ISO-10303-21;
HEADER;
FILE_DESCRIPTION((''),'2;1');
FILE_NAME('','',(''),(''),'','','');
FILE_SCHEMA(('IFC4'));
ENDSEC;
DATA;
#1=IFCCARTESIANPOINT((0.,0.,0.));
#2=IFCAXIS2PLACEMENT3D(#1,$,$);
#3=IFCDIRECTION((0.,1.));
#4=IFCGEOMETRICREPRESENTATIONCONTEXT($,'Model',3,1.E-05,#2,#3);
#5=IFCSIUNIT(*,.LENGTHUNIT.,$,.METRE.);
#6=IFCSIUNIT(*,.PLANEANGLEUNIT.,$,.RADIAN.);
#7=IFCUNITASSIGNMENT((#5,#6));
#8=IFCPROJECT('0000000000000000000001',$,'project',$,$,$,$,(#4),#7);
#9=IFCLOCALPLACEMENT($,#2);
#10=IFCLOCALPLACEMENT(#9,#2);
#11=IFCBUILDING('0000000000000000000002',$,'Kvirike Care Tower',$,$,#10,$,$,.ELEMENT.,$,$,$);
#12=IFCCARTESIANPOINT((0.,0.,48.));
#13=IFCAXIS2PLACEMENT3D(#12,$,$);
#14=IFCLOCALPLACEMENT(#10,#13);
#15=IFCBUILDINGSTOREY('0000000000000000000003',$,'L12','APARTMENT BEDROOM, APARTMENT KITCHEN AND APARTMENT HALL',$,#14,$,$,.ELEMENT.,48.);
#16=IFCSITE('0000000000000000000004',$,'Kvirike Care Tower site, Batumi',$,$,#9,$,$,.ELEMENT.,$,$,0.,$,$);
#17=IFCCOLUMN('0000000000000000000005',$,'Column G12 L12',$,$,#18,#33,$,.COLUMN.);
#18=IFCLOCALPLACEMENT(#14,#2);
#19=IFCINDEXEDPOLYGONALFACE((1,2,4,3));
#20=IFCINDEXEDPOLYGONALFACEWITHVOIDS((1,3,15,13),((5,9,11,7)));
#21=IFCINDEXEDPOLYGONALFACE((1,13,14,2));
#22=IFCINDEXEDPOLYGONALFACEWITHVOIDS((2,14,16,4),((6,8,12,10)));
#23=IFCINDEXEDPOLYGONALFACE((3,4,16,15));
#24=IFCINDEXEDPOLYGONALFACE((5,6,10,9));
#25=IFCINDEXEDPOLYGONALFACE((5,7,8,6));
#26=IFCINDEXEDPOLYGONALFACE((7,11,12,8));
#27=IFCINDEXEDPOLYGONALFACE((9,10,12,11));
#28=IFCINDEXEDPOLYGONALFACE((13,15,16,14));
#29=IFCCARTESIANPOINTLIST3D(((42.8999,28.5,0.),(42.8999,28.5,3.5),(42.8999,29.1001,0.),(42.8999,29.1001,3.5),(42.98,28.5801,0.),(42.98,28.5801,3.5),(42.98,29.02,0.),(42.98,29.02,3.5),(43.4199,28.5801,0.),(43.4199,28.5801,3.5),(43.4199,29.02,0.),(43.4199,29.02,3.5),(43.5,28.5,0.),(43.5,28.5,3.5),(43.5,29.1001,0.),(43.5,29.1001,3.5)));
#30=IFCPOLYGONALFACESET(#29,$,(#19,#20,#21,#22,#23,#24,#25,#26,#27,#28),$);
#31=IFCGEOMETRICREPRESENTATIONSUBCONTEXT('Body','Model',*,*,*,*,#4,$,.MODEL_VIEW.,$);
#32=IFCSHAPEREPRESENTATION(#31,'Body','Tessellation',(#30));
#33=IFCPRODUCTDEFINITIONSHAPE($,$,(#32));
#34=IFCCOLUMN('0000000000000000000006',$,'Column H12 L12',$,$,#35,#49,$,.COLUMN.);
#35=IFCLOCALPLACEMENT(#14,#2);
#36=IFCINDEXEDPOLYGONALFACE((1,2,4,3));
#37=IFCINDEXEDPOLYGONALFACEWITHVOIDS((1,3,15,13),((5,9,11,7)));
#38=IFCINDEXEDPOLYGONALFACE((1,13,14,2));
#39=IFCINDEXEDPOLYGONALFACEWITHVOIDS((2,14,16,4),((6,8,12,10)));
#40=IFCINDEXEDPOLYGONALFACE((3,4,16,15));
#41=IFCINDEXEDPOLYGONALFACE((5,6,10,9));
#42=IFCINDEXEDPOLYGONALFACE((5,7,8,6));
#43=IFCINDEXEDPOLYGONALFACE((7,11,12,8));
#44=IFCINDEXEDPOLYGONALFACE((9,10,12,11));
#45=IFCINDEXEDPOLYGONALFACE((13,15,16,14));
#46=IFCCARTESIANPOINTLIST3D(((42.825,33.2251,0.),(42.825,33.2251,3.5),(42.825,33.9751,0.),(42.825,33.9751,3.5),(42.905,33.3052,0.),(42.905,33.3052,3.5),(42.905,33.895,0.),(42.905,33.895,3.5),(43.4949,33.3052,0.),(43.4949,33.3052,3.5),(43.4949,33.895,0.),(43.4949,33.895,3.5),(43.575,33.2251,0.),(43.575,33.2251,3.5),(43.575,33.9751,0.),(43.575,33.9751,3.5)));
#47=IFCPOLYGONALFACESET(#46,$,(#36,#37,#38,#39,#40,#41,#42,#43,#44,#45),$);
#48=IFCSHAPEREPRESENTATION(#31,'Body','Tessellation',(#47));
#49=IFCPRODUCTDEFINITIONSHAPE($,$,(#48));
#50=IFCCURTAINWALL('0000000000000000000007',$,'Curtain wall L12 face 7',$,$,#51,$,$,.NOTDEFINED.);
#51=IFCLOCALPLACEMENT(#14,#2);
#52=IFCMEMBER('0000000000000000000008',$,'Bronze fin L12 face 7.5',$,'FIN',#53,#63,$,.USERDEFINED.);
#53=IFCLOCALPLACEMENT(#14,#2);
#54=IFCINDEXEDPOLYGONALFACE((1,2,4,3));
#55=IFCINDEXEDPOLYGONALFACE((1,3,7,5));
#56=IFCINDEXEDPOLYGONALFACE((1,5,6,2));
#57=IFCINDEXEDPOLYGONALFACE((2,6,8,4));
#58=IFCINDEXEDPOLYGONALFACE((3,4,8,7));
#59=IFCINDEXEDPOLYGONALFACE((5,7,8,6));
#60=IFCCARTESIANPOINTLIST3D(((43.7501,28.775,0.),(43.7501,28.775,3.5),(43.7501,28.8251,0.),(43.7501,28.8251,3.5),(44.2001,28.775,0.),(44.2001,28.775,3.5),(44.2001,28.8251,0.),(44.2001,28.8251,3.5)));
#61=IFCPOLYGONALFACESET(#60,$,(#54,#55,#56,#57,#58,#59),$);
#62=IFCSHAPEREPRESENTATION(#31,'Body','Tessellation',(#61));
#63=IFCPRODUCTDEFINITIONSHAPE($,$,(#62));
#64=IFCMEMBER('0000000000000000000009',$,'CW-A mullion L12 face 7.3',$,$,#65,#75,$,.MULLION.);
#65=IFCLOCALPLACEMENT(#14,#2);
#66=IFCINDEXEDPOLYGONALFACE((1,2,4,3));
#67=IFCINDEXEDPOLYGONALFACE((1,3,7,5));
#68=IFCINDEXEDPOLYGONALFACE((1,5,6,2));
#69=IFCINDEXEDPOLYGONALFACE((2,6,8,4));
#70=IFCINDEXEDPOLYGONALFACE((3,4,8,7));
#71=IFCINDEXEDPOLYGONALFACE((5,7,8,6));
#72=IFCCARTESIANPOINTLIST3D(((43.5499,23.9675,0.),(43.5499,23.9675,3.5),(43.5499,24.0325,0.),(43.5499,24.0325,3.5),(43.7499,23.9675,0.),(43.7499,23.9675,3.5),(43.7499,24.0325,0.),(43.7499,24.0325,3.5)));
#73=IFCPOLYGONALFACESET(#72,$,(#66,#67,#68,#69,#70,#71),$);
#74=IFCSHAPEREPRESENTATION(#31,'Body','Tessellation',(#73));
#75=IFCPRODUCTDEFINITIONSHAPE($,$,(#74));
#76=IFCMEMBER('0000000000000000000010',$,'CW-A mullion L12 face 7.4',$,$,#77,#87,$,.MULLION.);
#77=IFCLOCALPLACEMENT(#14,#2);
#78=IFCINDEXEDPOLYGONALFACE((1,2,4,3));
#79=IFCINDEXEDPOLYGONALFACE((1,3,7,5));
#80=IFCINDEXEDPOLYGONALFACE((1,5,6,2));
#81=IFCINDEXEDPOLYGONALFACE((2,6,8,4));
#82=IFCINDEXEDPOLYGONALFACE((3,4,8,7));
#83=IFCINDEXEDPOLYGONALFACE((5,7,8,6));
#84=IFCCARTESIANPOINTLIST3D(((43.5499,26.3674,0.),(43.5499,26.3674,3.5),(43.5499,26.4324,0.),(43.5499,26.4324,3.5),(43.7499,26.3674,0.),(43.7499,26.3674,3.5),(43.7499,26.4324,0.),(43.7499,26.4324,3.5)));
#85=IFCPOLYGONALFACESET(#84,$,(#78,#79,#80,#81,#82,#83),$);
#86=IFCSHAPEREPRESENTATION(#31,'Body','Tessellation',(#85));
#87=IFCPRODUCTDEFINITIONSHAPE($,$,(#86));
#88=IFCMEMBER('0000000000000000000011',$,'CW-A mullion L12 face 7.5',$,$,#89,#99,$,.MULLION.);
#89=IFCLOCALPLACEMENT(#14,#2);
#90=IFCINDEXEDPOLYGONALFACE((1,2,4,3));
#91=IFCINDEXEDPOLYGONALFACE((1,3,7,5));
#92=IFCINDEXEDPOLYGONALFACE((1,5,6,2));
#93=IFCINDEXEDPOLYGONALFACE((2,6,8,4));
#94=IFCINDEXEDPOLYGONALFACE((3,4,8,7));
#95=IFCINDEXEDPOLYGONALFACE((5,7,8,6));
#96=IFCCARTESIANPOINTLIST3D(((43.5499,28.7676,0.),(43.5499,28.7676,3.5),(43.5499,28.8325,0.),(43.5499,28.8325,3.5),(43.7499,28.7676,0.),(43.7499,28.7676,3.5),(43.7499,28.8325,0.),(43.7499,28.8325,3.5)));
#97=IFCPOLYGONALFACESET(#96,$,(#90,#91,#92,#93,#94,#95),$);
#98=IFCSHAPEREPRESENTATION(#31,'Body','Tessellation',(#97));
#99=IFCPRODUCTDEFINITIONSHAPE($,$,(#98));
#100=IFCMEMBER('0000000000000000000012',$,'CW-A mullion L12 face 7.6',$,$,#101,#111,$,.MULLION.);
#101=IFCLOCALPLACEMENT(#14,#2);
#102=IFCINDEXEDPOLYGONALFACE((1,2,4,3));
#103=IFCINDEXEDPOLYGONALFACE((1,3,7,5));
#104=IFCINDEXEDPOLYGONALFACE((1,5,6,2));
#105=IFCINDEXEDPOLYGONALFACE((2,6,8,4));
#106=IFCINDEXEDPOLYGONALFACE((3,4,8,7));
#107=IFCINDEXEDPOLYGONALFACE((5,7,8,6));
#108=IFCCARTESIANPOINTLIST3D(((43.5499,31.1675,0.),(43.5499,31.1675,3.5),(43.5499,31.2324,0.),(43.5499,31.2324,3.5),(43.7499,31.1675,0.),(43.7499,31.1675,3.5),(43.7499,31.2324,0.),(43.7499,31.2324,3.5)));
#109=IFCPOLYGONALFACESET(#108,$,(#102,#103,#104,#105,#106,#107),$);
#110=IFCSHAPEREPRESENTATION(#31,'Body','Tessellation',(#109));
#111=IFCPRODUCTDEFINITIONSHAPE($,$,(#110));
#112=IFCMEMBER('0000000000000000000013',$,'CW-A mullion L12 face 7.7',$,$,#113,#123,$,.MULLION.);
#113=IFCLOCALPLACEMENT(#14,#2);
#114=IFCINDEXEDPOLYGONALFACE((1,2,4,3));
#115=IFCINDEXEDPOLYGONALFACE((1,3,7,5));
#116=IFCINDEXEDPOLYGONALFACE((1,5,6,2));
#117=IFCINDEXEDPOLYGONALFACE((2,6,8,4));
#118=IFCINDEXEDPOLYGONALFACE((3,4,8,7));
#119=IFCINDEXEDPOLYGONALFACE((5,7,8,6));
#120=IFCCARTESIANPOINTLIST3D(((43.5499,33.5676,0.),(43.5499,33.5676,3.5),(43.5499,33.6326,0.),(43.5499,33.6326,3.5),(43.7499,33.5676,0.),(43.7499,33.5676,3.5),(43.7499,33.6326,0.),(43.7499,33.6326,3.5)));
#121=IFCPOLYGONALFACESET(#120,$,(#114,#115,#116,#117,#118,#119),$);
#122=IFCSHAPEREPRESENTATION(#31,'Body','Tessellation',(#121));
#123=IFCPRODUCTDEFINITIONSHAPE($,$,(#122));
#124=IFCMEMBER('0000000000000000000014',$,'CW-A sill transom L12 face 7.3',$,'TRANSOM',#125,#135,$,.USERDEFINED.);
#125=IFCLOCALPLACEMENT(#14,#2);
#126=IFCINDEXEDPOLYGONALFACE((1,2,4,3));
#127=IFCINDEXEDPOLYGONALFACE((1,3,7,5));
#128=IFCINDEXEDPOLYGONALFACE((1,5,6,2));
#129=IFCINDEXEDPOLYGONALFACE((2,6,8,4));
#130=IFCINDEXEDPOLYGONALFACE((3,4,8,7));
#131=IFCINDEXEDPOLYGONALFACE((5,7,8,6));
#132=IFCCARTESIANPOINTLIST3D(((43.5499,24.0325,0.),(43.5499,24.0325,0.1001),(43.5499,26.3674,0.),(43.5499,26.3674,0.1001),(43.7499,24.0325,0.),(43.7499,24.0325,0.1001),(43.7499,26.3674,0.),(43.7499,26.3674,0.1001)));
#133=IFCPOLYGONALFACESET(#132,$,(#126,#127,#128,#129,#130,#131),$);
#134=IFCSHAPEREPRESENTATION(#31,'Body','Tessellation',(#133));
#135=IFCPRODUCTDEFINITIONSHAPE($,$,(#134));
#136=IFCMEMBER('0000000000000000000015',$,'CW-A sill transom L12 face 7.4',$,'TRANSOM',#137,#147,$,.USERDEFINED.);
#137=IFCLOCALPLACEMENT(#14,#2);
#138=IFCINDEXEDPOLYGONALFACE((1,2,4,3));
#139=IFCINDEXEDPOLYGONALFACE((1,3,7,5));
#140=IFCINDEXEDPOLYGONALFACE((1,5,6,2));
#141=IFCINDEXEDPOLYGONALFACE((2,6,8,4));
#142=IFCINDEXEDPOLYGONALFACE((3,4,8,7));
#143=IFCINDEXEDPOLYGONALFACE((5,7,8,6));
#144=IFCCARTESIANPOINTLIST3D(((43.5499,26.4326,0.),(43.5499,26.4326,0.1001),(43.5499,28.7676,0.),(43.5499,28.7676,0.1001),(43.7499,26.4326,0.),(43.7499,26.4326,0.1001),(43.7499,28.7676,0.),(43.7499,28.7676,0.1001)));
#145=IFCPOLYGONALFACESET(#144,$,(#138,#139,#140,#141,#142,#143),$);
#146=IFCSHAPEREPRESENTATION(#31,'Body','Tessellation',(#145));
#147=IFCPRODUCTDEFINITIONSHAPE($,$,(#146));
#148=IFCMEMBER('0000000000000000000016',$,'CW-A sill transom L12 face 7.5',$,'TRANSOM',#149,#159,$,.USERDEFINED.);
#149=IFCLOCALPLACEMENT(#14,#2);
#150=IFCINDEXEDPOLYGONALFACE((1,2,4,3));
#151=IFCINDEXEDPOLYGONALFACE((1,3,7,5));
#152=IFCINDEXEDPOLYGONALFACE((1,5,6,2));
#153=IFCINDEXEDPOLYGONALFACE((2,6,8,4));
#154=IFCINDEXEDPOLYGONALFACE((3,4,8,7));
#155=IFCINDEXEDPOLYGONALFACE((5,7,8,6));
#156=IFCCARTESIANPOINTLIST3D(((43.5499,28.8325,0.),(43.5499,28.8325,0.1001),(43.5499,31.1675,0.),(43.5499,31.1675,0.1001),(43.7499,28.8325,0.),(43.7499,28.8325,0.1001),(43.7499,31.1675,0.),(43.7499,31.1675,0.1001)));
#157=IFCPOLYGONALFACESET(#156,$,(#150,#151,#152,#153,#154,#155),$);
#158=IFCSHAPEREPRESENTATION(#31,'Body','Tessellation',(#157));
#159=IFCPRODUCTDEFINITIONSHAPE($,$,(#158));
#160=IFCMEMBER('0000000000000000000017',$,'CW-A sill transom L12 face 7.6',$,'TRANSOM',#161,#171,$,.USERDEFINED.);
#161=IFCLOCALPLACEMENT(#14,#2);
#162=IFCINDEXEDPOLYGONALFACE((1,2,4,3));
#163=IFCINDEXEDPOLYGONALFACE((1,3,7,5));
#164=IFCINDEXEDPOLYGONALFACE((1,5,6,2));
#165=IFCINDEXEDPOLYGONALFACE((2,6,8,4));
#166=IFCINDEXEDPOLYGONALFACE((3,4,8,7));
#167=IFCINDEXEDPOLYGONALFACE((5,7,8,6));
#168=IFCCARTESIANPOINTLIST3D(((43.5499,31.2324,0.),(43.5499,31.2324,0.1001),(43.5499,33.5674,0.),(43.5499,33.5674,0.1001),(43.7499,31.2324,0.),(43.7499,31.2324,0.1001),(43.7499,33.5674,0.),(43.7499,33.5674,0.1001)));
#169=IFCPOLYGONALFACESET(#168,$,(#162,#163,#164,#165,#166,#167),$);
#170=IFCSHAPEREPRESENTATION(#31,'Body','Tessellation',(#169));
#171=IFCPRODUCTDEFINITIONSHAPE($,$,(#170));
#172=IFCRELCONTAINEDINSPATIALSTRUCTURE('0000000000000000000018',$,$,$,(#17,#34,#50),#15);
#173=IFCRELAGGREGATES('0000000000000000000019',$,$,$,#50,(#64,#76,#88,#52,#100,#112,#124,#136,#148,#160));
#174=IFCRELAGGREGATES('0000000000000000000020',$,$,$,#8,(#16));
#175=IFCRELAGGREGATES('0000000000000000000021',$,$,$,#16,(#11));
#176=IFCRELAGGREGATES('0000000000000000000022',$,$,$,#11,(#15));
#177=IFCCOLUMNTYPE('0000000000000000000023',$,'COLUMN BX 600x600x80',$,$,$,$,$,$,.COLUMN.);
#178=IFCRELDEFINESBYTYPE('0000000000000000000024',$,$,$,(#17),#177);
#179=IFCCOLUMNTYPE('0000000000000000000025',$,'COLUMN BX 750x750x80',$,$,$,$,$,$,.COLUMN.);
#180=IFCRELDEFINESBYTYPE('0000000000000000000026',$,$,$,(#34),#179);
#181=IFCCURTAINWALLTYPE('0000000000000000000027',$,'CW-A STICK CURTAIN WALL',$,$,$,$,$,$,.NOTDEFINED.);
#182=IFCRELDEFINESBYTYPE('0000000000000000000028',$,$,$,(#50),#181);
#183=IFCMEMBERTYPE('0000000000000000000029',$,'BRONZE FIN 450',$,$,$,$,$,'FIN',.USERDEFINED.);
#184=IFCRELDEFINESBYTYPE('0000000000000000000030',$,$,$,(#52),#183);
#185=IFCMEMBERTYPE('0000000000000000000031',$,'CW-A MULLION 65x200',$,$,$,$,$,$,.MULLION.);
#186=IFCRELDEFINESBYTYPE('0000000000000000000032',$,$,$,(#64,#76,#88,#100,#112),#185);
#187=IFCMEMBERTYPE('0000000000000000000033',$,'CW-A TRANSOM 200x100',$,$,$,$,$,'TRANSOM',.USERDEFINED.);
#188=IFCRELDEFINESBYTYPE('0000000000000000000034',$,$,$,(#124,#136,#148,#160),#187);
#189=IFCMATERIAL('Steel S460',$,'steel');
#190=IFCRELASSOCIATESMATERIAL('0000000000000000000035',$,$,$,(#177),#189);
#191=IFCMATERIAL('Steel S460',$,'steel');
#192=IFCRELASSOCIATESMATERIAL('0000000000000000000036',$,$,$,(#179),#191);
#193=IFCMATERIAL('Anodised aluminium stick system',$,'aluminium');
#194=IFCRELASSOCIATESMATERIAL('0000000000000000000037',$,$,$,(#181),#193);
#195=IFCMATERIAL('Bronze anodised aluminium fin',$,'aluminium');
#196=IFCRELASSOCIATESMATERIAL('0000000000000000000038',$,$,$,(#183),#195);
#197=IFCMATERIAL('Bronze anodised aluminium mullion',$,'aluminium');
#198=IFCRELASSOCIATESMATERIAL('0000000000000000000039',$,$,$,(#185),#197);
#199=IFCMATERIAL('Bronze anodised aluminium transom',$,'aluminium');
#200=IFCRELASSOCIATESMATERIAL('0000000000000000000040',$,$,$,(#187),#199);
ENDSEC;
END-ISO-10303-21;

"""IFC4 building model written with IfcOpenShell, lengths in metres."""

from ifc_helpers import new_model, si_unit, direction, frame, origin, origin_2d, place, context, subcontext, project, spatial, rectangle, hollow_rectangle, extrude, material, material_profile, profile_set, type_object, element, aggregate, save


model = new_model("IFC4")

# Units and contexts
model_context = context("Model", 3, precision=1e-05, world=origin(), true_north=direction((0.0, 1.0)))
body_context = subcontext(model_context, "Body", "Model", "MODEL_VIEW")
ifc_project = project(units=[si_unit("LENGTHUNIT", "METRE"), si_unit("PLANEANGLEUNIT", "RADIAN")], contexts=[model_context])

# Site, building, storey
site_placement = place(None, origin())
site = spatial("IfcSite", under=ifc_project, at=site_placement, Name="Kvirike Care Tower site, Batumi", CompositionType="ELEMENT", RefElevation=0.0)
building_placement = place(site_placement, origin())
building = spatial("IfcBuilding", under=site, at=building_placement, Name="Kvirike Care Tower", CompositionType="ELEMENT")
storey_placement = place(building_placement, frame((0.0, 0.0, 48.0)))
storey = spatial("IfcBuildingStorey", under=building, at=storey_placement, Name="L12", Description="APARTMENT BEDROOM, APARTMENT KITCHEN AND APARTMENT HALL", CompositionType="ELEMENT", Elevation=48.0)

# Columns
ifc_material_1 = material(Name="Steel S460", Category="steel")
ifc_material_profile_1 = material_profile(ifc_material_1, hollow_rectangle(XDim=0.6001, YDim=0.6001, WallThickness=0.0801, at=origin_2d()), Name="BX 600x600x80")
ifc_profile_set_1 = profile_set([ifc_material_profile_1], Name="Steel S460")
column_type_1 = type_object("IfcColumnType", Name="COLUMN BX 600x600x80", PredefinedType="COLUMN", material=ifc_profile_set_1)
column_1_placement = place(storey_placement, frame((43.2, 28.8, 0.0), z_axis=(0.0, 0.0, 1.0), x_axis=(0.0, 1.0, 0.0)))
element("IfcColumn", 1, at=column_1_placement, inside=storey, type_object=column_type_1, Name="Column G12 L12", PredefinedType="COLUMN", context=body_context, shape_type="SweptSolid", body=[
    extrude(hollow_rectangle(XDim=0.6001, YDim=0.6001, WallThickness=0.0801, at=origin_2d()), origin(), (0.0, 0.0, 1.0), 3.5),
])
ifc_material_2 = material(Name="Steel S460", Category="steel")
ifc_material_profile_2 = material_profile(ifc_material_2, hollow_rectangle(XDim=0.75, YDim=0.75, WallThickness=0.0801, at=origin_2d()), Name="BX 750x750x80")
ifc_profile_set_2 = profile_set([ifc_material_profile_2], Name="Steel S460")
column_type_2 = type_object("IfcColumnType", Name="COLUMN BX 750x750x80", PredefinedType="COLUMN", material=ifc_profile_set_2)
column_2_placement = place(storey_placement, frame((43.2, 33.6001, 0.0), z_axis=(0.0, 0.0, 1.0), x_axis=(1.0, 0.0, 0.0)))
element("IfcColumn", 2, at=column_2_placement, inside=storey, type_object=column_type_2, Name="Column H12 L12", PredefinedType="COLUMN", context=body_context, shape_type="SweptSolid", body=[
    extrude(hollow_rectangle(XDim=0.75, YDim=0.75, WallThickness=0.0801, at=origin_2d()), origin(), (0.0, 0.0, 1.0), 3.5),
])

# Curtain wall, members
ifc_material_3 = material(Name="Anodised aluminium stick system", Category="aluminium")
curtain_wall_type = type_object("IfcCurtainWallType", Name="CW-A STICK CURTAIN WALL", PredefinedType="NOTDEFINED", material=ifc_material_3)
curtain_wall_placement = place(storey_placement, origin())
curtain_wall = element("IfcCurtainWall", 3, at=curtain_wall_placement, inside=storey, type_object=curtain_wall_type, Name="Curtain wall L12 face 7", PredefinedType="NOTDEFINED")
ifc_material_4 = material(Name="Bronze anodised aluminium fin", Category="aluminium")
ifc_material_profile_3 = material_profile(ifc_material_4, rectangle(XDim=0.05, YDim=0.45, at=origin_2d()), Name="BRONZE FIN 450")
ifc_profile_set_3 = profile_set([ifc_material_profile_3], Name="Bronze anodised aluminium fin")
member_type_1 = type_object("IfcMemberType", Name="BRONZE FIN 450", ElementType="FIN", PredefinedType="USERDEFINED", material=ifc_profile_set_3)
member_1_placement = place(storey_placement, frame((43.9751, 28.8, 0.0), z_axis=(0.0, 0.0, 1.0), x_axis=(0.0, 1.0, 0.0)))
member_1 = element("IfcMember", 4, at=member_1_placement, type_object=member_type_1, Name="Bronze fin L12 face 7.5", ObjectType="FIN", PredefinedType="USERDEFINED", context=body_context, shape_type="SweptSolid", body=[
    extrude(rectangle(XDim=0.05, YDim=0.45, at=origin_2d()), origin(), (0.0, 0.0, 1.0), 3.5),
])
ifc_material_5 = material(Name="Bronze anodised aluminium mullion", Category="aluminium")
ifc_material_profile_4 = material_profile(ifc_material_5, rectangle(XDim=0.0649, YDim=0.2, at=origin_2d()), Name="CW-A MULLION 65x200")
ifc_profile_set_4 = profile_set([ifc_material_profile_4], Name="Bronze anodised aluminium mullion")
member_type_2 = type_object("IfcMemberType", Name="CW-A MULLION 65x200", PredefinedType="MULLION", material=ifc_profile_set_4)
member_2_placement = place(storey_placement, frame((43.6499, 24.0, 0.0), z_axis=(0.0, 0.0, 1.0), x_axis=(0.0, 1.0, 0.0)))
member_2 = element("IfcMember", 5, at=member_2_placement, type_object=member_type_2, Name="CW-A mullion L12 face 7.3", PredefinedType="MULLION", context=body_context, shape_type="SweptSolid", body=[
    extrude(rectangle(XDim=0.0649, YDim=0.2, at=origin_2d()), origin(), (0.0, 0.0, 1.0), 3.5),
])
member_3_placement = place(storey_placement, frame((43.6499, 26.3999, 0.0), z_axis=(0.0, 0.0, 1.0), x_axis=(0.0, 1.0, 0.0)))
member_3 = element("IfcMember", 6, at=member_3_placement, type_object=member_type_2, Name="CW-A mullion L12 face 7.4", PredefinedType="MULLION", context=body_context, shape_type="SweptSolid", body=[
    extrude(rectangle(XDim=0.0649, YDim=0.2, at=origin_2d()), origin(), (0.0, 0.0, 1.0), 3.5),
])
member_4_placement = place(storey_placement, frame((43.6499, 28.8, 0.0), z_axis=(0.0, 0.0, 1.0), x_axis=(0.0, 1.0, 0.0)))
member_4 = element("IfcMember", 7, at=member_4_placement, type_object=member_type_2, Name="CW-A mullion L12 face 7.5", PredefinedType="MULLION", context=body_context, shape_type="SweptSolid", body=[
    extrude(rectangle(XDim=0.0649, YDim=0.2, at=origin_2d()), origin(), (0.0, 0.0, 1.0), 3.5),
])
member_5_placement = place(storey_placement, frame((43.6499, 31.2, 0.0), z_axis=(0.0, 0.0, 1.0), x_axis=(0.0, 1.0, 0.0)))
member_5 = element("IfcMember", 8, at=member_5_placement, type_object=member_type_2, Name="CW-A mullion L12 face 7.6", PredefinedType="MULLION", context=body_context, shape_type="SweptSolid", body=[
    extrude(rectangle(XDim=0.0649, YDim=0.2, at=origin_2d()), origin(), (0.0, 0.0, 1.0), 3.5),
])
member_6_placement = place(storey_placement, frame((43.6499, 33.6001, 0.0), z_axis=(0.0, 0.0, 1.0), x_axis=(0.0, 1.0, 0.0)))
member_6 = element("IfcMember", 9, at=member_6_placement, type_object=member_type_2, Name="CW-A mullion L12 face 7.7", PredefinedType="MULLION", context=body_context, shape_type="SweptSolid", body=[
    extrude(rectangle(XDim=0.0649, YDim=0.2, at=origin_2d()), origin(), (0.0, 0.0, 1.0), 3.5),
])
ifc_material_6 = material(Name="Bronze anodised aluminium transom", Category="aluminium")
ifc_material_profile_5 = material_profile(ifc_material_6, rectangle(XDim=0.2, YDim=0.1001, at=origin_2d()), Name="CW-A TRANSOM 200x100")
ifc_profile_set_5 = profile_set([ifc_material_profile_5], Name="Bronze anodised aluminium transom")
member_type_3 = type_object("IfcMemberType", Name="CW-A TRANSOM 200x100", ElementType="TRANSOM", PredefinedType="USERDEFINED", material=ifc_profile_set_5)
member_7_placement = place(storey_placement, frame((43.6499, 24.0325, 0.05), z_axis=(0.0, 1.0, 0.0), x_axis=(-1.0, 0.0, 0.0)))
member_7 = element("IfcMember", 10, at=member_7_placement, type_object=member_type_3, Name="CW-A sill transom L12 face 7.3", ObjectType="TRANSOM", PredefinedType="USERDEFINED", context=body_context, shape_type="SweptSolid", body=[
    extrude(rectangle(XDim=0.2, YDim=0.1001, at=origin_2d()), origin(), (0.0, 0.0, 1.0), 2.335),
])
member_8_placement = place(storey_placement, frame((43.6499, 26.4326, 0.05), z_axis=(0.0, 1.0, 0.0), x_axis=(-1.0, 0.0, 0.0)))
member_8 = element("IfcMember", 11, at=member_8_placement, type_object=member_type_3, Name="CW-A sill transom L12 face 7.4", ObjectType="TRANSOM", PredefinedType="USERDEFINED", context=body_context, shape_type="SweptSolid", body=[
    extrude(rectangle(XDim=0.2, YDim=0.1001, at=origin_2d()), origin(), (0.0, 0.0, 1.0), 2.335),
])
member_9_placement = place(storey_placement, frame((43.6499, 28.8325, 0.05), z_axis=(0.0, 1.0, 0.0), x_axis=(-1.0, 0.0, 0.0)))
member_9 = element("IfcMember", 12, at=member_9_placement, type_object=member_type_3, Name="CW-A sill transom L12 face 7.5", ObjectType="TRANSOM", PredefinedType="USERDEFINED", context=body_context, shape_type="SweptSolid", body=[
    extrude(rectangle(XDim=0.2, YDim=0.1001, at=origin_2d()), origin(), (0.0, 0.0, 1.0), 2.335),
])
member_10_placement = place(storey_placement, frame((43.6499, 31.2324, 0.05), z_axis=(0.0, 1.0, 0.0), x_axis=(-1.0, 0.0, 0.0)))
member_10 = element("IfcMember", 13, at=member_10_placement, type_object=member_type_3, Name="CW-A sill transom L12 face 7.6", ObjectType="TRANSOM", PredefinedType="USERDEFINED", context=body_context, shape_type="SweptSolid", body=[
    extrude(rectangle(XDim=0.2, YDim=0.1001, at=origin_2d()), origin(), (0.0, 0.0, 1.0), 2.335),
])

aggregate(curtain_wall, [member_2, member_3, member_4, member_1, member_5, member_6, member_7, member_8, member_9, member_10])

save(model, "model.ifc")
